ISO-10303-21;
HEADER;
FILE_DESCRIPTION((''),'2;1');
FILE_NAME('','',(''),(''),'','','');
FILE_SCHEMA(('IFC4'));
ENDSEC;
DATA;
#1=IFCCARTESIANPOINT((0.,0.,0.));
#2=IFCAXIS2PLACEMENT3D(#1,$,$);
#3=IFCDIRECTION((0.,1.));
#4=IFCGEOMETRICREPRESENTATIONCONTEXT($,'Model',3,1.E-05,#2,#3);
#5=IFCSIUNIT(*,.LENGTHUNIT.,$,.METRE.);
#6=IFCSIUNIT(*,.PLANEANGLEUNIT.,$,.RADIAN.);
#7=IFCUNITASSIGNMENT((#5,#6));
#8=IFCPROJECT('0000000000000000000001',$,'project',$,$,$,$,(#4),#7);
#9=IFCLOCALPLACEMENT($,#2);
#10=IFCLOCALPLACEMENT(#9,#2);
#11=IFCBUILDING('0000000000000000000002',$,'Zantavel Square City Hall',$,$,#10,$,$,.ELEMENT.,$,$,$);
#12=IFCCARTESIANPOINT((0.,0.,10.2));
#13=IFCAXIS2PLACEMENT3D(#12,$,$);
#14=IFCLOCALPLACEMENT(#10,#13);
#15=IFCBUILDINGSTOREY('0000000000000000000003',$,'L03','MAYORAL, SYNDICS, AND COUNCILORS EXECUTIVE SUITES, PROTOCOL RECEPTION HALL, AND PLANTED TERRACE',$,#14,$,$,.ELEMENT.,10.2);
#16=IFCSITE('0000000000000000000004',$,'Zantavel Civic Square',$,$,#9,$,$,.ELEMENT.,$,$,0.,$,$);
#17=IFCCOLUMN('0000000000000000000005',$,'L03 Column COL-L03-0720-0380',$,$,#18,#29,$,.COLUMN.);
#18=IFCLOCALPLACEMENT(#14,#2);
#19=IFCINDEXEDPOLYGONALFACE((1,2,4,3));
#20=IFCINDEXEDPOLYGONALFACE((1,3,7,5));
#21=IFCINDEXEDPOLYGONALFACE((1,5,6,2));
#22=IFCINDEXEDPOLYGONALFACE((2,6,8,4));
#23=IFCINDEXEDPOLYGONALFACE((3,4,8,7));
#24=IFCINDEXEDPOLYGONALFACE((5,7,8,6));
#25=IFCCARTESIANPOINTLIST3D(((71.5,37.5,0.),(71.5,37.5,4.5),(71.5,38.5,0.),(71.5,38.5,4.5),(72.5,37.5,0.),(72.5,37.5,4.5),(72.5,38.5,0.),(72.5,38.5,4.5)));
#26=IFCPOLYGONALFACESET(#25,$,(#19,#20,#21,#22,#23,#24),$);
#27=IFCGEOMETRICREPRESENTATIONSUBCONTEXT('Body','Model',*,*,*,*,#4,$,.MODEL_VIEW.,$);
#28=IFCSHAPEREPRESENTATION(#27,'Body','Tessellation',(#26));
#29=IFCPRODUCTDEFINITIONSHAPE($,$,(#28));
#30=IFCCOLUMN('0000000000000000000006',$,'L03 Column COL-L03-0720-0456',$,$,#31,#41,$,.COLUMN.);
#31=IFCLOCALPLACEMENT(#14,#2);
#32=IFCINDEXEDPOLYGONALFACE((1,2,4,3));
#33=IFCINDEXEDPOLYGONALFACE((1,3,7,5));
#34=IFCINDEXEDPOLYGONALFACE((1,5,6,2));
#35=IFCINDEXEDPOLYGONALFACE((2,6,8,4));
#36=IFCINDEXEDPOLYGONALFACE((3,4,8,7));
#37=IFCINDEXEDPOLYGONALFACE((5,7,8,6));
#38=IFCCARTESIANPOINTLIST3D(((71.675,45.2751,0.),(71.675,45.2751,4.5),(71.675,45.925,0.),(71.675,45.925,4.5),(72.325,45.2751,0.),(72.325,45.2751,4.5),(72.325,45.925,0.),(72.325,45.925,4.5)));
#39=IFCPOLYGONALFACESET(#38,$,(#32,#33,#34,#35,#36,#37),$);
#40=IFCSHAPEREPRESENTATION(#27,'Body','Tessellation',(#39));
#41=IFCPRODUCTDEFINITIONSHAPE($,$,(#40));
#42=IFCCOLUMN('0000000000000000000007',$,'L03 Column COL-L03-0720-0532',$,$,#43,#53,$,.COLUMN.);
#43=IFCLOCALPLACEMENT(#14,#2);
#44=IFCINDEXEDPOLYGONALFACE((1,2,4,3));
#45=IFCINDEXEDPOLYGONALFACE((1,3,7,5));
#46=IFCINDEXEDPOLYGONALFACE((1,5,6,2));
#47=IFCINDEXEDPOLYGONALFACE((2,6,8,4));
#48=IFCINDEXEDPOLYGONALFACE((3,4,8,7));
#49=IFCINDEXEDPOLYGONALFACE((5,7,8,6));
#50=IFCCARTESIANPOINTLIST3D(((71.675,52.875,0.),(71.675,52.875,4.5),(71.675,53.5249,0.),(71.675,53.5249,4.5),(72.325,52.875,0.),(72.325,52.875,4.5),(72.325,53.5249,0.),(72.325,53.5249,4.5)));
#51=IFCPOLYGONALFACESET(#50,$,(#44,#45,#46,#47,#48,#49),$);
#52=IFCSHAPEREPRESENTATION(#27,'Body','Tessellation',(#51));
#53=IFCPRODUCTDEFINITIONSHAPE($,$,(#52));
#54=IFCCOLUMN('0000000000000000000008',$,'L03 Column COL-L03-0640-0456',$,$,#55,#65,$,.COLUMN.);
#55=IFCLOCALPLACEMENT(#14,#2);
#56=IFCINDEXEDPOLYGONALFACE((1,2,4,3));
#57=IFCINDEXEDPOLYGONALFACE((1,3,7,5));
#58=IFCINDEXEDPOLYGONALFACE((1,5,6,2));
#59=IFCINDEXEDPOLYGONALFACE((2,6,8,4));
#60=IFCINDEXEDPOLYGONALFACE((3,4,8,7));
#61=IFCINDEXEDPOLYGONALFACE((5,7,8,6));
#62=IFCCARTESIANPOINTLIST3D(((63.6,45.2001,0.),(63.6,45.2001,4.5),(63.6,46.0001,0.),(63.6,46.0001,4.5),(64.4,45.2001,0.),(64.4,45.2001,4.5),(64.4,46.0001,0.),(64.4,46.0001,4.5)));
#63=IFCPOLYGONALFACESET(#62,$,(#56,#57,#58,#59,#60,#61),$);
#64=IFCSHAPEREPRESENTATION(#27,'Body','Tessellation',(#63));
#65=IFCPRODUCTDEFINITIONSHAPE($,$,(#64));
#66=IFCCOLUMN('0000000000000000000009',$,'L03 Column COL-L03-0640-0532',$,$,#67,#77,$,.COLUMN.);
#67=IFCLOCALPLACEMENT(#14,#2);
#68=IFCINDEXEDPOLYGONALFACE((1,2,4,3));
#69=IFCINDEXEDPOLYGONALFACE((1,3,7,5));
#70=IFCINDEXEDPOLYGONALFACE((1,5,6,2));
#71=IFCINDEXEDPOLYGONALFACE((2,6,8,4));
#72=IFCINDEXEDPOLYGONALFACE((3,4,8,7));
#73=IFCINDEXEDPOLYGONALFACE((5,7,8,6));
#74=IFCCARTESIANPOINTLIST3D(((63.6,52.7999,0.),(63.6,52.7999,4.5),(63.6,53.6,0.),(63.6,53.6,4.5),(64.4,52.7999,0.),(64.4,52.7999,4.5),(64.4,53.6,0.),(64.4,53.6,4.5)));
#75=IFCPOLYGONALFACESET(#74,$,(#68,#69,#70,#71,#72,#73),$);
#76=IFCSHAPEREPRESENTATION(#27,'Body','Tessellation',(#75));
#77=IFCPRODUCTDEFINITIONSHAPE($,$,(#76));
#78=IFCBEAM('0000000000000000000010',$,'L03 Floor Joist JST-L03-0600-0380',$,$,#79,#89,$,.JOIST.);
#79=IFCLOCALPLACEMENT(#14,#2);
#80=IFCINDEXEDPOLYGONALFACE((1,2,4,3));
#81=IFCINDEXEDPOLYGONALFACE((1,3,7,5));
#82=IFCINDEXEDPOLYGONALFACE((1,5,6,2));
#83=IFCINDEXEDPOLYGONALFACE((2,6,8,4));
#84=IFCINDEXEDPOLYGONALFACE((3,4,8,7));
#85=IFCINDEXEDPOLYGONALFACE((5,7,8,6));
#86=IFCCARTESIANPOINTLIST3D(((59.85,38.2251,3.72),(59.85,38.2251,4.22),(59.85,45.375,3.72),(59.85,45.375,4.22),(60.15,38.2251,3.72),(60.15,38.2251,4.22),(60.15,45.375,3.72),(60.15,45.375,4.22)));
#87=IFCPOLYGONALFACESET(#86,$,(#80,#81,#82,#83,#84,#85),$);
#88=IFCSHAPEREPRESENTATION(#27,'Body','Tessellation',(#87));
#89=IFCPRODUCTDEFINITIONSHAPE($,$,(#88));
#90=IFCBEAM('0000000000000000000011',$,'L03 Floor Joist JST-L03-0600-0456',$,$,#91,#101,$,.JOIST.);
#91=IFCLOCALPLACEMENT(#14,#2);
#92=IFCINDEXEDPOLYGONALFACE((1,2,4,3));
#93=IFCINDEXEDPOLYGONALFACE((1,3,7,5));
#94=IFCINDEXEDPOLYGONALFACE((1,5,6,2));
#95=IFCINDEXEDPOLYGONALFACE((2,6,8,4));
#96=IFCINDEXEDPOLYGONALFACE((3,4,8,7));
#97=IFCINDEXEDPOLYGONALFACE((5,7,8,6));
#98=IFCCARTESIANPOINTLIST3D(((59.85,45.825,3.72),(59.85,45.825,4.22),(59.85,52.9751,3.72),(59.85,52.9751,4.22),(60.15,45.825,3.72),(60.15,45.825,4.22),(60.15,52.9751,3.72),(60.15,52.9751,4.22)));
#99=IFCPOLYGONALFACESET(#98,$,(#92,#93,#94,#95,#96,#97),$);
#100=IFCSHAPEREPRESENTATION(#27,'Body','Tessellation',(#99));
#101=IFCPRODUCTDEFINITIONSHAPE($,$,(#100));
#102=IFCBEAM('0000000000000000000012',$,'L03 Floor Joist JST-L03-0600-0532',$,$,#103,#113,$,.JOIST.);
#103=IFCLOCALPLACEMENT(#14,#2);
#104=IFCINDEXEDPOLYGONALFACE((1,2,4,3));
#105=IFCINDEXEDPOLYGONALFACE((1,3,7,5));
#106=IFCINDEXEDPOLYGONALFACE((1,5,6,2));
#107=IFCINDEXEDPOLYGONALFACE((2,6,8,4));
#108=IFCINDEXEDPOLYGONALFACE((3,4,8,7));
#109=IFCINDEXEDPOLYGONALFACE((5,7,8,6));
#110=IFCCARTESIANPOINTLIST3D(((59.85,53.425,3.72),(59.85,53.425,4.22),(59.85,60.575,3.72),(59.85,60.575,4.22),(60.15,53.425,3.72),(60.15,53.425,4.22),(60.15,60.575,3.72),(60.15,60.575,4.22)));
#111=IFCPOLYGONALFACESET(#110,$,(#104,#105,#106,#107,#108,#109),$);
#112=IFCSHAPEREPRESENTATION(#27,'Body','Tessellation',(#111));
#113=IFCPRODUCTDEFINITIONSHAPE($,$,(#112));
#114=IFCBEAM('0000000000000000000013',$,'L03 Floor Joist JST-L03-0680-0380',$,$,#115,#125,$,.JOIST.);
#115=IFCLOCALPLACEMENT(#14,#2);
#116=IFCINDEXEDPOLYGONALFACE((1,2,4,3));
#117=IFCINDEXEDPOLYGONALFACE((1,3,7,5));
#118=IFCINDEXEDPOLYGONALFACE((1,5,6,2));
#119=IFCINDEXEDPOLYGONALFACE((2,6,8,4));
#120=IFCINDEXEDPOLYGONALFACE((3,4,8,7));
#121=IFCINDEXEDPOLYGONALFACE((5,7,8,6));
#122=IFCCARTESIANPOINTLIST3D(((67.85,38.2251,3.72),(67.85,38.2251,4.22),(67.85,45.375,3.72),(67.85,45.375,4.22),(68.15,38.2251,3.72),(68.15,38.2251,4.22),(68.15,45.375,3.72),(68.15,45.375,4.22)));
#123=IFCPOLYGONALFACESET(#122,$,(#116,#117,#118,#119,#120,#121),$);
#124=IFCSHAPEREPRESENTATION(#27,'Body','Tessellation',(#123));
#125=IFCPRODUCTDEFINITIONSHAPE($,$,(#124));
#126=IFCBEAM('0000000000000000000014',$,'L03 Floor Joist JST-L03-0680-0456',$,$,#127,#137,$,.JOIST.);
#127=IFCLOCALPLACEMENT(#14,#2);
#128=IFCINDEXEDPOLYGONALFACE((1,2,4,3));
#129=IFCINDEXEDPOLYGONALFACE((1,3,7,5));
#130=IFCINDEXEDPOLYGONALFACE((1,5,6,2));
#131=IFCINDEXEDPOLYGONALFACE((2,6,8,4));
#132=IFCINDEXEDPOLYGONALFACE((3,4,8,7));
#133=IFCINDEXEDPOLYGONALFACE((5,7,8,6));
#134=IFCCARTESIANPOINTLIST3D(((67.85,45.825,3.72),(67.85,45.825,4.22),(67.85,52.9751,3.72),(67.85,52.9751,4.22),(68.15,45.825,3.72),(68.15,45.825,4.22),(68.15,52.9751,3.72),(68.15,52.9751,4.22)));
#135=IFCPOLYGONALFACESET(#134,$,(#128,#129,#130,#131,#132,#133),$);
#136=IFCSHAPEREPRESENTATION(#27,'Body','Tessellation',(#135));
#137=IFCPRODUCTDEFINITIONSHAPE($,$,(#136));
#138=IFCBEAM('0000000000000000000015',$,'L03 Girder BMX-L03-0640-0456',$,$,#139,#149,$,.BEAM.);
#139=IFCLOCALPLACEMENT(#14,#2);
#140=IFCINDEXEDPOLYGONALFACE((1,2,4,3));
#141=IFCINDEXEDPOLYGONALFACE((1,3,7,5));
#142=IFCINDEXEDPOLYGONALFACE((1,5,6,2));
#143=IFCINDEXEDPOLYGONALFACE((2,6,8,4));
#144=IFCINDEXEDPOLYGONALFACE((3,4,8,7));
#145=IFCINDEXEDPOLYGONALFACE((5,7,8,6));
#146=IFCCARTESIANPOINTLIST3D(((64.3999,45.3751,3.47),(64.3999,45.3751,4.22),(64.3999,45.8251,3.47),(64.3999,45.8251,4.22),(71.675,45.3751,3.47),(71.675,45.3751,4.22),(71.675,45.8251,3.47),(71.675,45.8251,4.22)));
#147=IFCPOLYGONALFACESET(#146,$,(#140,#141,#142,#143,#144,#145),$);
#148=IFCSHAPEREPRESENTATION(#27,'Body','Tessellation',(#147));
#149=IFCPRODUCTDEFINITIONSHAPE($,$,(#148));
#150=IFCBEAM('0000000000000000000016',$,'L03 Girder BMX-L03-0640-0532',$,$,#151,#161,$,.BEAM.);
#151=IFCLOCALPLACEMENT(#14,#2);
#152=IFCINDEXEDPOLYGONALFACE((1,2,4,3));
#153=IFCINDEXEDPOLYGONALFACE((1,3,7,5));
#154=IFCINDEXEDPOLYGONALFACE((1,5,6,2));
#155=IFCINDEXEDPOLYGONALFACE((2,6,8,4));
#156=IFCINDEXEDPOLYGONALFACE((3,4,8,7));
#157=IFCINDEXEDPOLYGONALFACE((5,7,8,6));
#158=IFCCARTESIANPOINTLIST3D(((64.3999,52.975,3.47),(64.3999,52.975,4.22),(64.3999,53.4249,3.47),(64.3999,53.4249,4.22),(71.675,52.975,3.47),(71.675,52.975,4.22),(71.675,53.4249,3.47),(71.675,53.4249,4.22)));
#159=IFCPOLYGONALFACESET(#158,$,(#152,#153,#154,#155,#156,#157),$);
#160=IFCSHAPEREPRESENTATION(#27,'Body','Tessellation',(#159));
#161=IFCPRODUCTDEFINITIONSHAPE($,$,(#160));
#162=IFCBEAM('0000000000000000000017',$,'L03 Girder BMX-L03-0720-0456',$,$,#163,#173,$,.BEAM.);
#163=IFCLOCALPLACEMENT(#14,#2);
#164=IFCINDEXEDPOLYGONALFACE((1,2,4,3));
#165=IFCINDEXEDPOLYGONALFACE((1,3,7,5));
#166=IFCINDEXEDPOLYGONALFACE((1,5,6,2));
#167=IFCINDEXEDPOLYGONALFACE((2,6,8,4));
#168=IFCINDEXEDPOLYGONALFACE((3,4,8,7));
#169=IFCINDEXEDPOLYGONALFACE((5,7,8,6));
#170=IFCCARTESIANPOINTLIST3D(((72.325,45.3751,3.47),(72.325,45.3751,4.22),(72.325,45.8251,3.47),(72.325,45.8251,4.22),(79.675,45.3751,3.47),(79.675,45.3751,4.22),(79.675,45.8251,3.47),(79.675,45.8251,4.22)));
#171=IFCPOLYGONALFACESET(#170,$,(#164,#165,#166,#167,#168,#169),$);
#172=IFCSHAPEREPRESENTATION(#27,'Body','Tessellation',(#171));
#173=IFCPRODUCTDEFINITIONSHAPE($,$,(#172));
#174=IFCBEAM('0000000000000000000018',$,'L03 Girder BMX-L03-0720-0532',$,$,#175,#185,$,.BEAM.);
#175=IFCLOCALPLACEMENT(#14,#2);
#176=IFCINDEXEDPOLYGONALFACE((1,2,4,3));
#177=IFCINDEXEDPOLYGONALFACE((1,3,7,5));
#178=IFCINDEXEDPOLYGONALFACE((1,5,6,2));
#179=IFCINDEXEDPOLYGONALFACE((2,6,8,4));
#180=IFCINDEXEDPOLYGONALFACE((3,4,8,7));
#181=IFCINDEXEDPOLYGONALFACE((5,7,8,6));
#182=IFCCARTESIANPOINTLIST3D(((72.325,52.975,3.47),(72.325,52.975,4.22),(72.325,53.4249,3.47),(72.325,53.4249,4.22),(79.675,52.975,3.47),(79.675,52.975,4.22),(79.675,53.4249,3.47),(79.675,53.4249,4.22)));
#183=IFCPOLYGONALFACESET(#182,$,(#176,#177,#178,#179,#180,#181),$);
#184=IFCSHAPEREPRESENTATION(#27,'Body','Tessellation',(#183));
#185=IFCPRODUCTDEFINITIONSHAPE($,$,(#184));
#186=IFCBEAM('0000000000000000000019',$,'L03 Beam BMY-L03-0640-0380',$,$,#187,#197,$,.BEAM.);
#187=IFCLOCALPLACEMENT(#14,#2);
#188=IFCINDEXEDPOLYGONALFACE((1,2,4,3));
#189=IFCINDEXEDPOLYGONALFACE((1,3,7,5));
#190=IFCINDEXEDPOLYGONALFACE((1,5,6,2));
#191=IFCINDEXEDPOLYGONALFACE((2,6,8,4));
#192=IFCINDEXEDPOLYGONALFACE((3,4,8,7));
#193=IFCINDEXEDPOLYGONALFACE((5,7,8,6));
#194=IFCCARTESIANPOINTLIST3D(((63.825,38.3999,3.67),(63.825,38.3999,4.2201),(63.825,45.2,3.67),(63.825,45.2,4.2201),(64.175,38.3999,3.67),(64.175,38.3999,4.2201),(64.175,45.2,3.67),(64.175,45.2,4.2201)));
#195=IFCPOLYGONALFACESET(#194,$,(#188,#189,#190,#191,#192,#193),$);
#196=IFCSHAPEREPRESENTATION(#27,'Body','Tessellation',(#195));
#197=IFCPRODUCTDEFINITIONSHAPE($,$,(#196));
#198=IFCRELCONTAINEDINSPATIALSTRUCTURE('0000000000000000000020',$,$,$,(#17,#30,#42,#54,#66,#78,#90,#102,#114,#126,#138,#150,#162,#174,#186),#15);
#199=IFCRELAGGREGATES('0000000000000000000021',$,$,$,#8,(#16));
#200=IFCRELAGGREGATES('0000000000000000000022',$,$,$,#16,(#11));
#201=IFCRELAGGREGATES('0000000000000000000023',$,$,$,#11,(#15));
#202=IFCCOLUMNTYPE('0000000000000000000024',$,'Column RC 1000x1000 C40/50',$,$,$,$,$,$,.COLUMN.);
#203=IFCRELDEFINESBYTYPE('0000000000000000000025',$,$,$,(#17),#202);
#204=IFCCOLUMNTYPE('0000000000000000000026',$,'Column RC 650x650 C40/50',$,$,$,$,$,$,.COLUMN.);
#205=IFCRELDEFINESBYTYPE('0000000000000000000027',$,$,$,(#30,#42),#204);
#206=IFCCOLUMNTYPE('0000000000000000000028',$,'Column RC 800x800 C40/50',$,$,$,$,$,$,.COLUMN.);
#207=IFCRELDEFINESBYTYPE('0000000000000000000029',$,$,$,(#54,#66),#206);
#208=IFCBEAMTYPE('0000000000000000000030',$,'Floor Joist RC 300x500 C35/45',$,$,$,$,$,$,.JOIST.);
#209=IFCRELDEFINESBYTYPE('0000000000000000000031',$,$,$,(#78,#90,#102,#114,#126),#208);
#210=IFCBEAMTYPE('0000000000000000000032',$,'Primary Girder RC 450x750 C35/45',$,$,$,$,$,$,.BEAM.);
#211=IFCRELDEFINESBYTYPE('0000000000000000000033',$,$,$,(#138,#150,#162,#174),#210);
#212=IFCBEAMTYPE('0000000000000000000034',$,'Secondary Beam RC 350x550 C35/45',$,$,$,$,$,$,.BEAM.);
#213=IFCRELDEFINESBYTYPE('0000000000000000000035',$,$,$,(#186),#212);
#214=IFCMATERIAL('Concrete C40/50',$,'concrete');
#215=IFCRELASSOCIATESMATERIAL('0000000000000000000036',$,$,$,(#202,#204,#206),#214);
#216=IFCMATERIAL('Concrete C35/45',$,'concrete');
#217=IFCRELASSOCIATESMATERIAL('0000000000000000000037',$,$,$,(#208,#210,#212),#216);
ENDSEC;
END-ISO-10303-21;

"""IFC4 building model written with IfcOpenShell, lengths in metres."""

from ifc_helpers import new_model, si_unit, direction, frame, origin, origin_2d, place, context, subcontext, project, spatial, rectangle, extrude, material, material_profile, profile_set, type_object, element, save


model = new_model("IFC4")

# Units and contexts
model_context = context("Model", 3, precision=1e-05, world=origin(), true_north=direction((0.0, 1.0)))
body_context = subcontext(model_context, "Body", "Model", "MODEL_VIEW")
ifc_project = project(units=[si_unit("LENGTHUNIT", "METRE"), si_unit("PLANEANGLEUNIT", "RADIAN")], contexts=[model_context])

# Site, building, storey
site_placement = place(None, origin())
site = spatial("IfcSite", under=ifc_project, at=site_placement, Name="Zantavel Civic Square", CompositionType="ELEMENT", RefElevation=0.0)
building_placement = place(site_placement, origin())
building = spatial("IfcBuilding", under=site, at=building_placement, Name="Zantavel Square City Hall", CompositionType="ELEMENT")
storey_placement = place(building_placement, frame((0.0, 0.0, 10.2)))
storey = spatial("IfcBuildingStorey", under=building, at=storey_placement, Name="L03", Description="MAYORAL, SYNDICS, AND COUNCILORS EXECUTIVE SUITES, PROTOCOL RECEPTION HALL, AND PLANTED TERRACE", CompositionType="ELEMENT", Elevation=10.2)

# Columns
ifc_material_1 = material(Name="Concrete C40/50", Category="concrete")
ifc_material_profile_1 = material_profile(ifc_material_1, rectangle(XDim=1.0, YDim=1.0, at=origin_2d()), Name="RC 1000x1000")
ifc_profile_set_1 = profile_set([ifc_material_profile_1], Name="Concrete C40/50")
column_type_1 = type_object("IfcColumnType", Name="Column RC 1000x1000 C40/50", PredefinedType="COLUMN", material=ifc_profile_set_1)
column_placement = place(storey_placement, frame((72.0, 38.0, 0.0), z_axis=(0.0, 0.0, 1.0), x_axis=(1.0, 0.0, 0.0)))
element("IfcColumn", 1, at=column_placement, inside=storey, type_object=column_type_1, Name="L03 Column COL-L03-0720-0380", PredefinedType="COLUMN", context=body_context, shape_type="SweptSolid", body=[
    extrude(rectangle(XDim=1.0, YDim=1.0, at=origin_2d()), origin(), (0.0, 0.0, 1.0), 4.5),
])
ifc_material_profile_2 = material_profile(ifc_material_1, rectangle(XDim=0.6499, YDim=0.6499, at=origin_2d()), Name="RC 650x650")
ifc_profile_set_2 = profile_set([ifc_material_profile_2], Name="Concrete C40/50")
column_type_2 = type_object("IfcColumnType", Name="Column RC 650x650 C40/50", PredefinedType="COLUMN", material=ifc_profile_set_2)
for number, where, z_axis, x_axis, name in (
    (2, (72.0, 45.6001, 0.0), (0.0, 0.0, 1.0), (1.0, 0.0, 0.0), "L03 Column COL-L03-0720-0456"),
    (3, (72.0, 53.2, 0.0), (0.0, 0.0, 1.0), (1.0, 0.0, 0.0), "L03 Column COL-L03-0720-0532"),
):
    element("IfcColumn", number, at=place(storey_placement, frame(where, z_axis=z_axis, x_axis=x_axis)), inside=storey, type_object=column_type_2, Name=name, PredefinedType="COLUMN", context=body_context, shape_type="SweptSolid", body=[
        extrude(rectangle(XDim=0.6499, YDim=0.6499, at=origin_2d()), origin(), (0.0, 0.0, 1.0), 4.5),
    ])
ifc_material_profile_3 = material_profile(ifc_material_1, rectangle(XDim=0.8, YDim=0.8, at=origin_2d()), Name="RC 800x800")
ifc_profile_set_3 = profile_set([ifc_material_profile_3], Name="Concrete C40/50")
column_type_3 = type_object("IfcColumnType", Name="Column RC 800x800 C40/50", PredefinedType="COLUMN", material=ifc_profile_set_3)
for number, where, z_axis, x_axis, name in (
    (4, (64.0, 45.6001, 0.0), (0.0, 0.0, 1.0), (1.0, 0.0, 0.0), "L03 Column COL-L03-0640-0456"),
    (5, (64.0, 53.2, 0.0), (0.0, 0.0, 1.0), (1.0, 0.0, 0.0), "L03 Column COL-L03-0640-0532"),
):
    element("IfcColumn", number, at=place(storey_placement, frame(where, z_axis=z_axis, x_axis=x_axis)), inside=storey, type_object=column_type_3, Name=name, PredefinedType="COLUMN", context=body_context, shape_type="SweptSolid", body=[
        extrude(rectangle(XDim=0.8, YDim=0.8, at=origin_2d()), origin(), (0.0, 0.0, 1.0), 4.5),
    ])

# Beams
ifc_material_2 = material(Name="Concrete C35/45", Category="concrete")
ifc_material_profile_4 = material_profile(ifc_material_2, rectangle(XDim=0.3, YDim=0.5, at=origin_2d()), Name="RC 300x500")
ifc_profile_set_4 = profile_set([ifc_material_profile_4], Name="Concrete C35/45")
beam_type_1 = type_object("IfcBeamType", Name="Floor Joist RC 300x500 C35/45", PredefinedType="JOIST", material=ifc_profile_set_4)
beam_1_placement = place(storey_placement, frame((60.0, 38.2251, 3.97), z_axis=(0.0, 1.0, 0.0), x_axis=(-1.0, 0.0, 0.0)))
element("IfcBeam", 6, at=beam_1_placement, inside=storey, type_object=beam_type_1, Name="L03 Floor Joist JST-L03-0600-0380", PredefinedType="JOIST", context=body_context, shape_type="SweptSolid", body=[
    extrude(rectangle(XDim=0.3, YDim=0.5, at=origin_2d()), origin(), (0.0, 0.0, 1.0), 7.1499),
])
beam_2_placement = place(storey_placement, frame((60.0, 45.825, 3.97), z_axis=(0.0, 1.0, 0.0), x_axis=(-1.0, 0.0, 0.0)))
element("IfcBeam", 7, at=beam_2_placement, inside=storey, type_object=beam_type_1, Name="L03 Floor Joist JST-L03-0600-0456", PredefinedType="JOIST", context=body_context, shape_type="SweptSolid", body=[
    extrude(rectangle(XDim=0.3, YDim=0.5, at=origin_2d()), origin(), (0.0, 0.0, 1.0), 7.1501),
])
for number, where, z_axis, x_axis, name in (
    (8, (60.0, 53.425, 3.97), (0.0, 1.0, 0.0), (-1.0, 0.0, 0.0), "L03 Floor Joist JST-L03-0600-0532"),
    (9, (68.0, 38.2251, 3.97), (0.0, 1.0, 0.0), (-1.0, 0.0, 0.0), "L03 Floor Joist JST-L03-0680-0380"),
):
    element("IfcBeam", number, at=place(storey_placement, frame(where, z_axis=z_axis, x_axis=x_axis)), inside=storey, type_object=beam_type_1, Name=name, PredefinedType="JOIST", context=body_context, shape_type="SweptSolid", body=[
        extrude(rectangle(XDim=0.3, YDim=0.5, at=origin_2d()), origin(), (0.0, 0.0, 1.0), 7.1499),
    ])
beam_3_placement = place(storey_placement, frame((68.0, 45.825, 3.97), z_axis=(0.0, 1.0, 0.0), x_axis=(-1.0, 0.0, 0.0)))
element("IfcBeam", 10, at=beam_3_placement, inside=storey, type_object=beam_type_1, Name="L03 Floor Joist JST-L03-0680-0456", PredefinedType="JOIST", context=body_context, shape_type="SweptSolid", body=[
    extrude(rectangle(XDim=0.3, YDim=0.5, at=origin_2d()), origin(), (0.0, 0.0, 1.0), 7.1501),
])
ifc_material_profile_5 = material_profile(ifc_material_2, rectangle(XDim=0.45, YDim=0.75, at=origin_2d()), Name="RC 450x750")
ifc_profile_set_5 = profile_set([ifc_material_profile_5], Name="Concrete C35/45")
beam_type_2 = type_object("IfcBeamType", Name="Primary Girder RC 450x750 C35/45", PredefinedType="BEAM", material=ifc_profile_set_5)
for number, where, z_axis, x_axis, name in (
    (11, (64.3999, 45.6001, 3.845), (1.0, 0.0, 0.0), (0.0, 1.0, 0.0), "L03 Girder BMX-L03-0640-0456"),
    (12, (64.3999, 53.2, 3.845), (1.0, 0.0, 0.0), (0.0, 1.0, 0.0), "L03 Girder BMX-L03-0640-0532"),
):
    element("IfcBeam", number, at=place(storey_placement, frame(where, z_axis=z_axis, x_axis=x_axis)), inside=storey, type_object=beam_type_2, Name=name, PredefinedType="BEAM", context=body_context, shape_type="SweptSolid", body=[
        extrude(rectangle(XDim=0.45, YDim=0.75, at=origin_2d()), origin(), (0.0, 0.0, 1.0), 7.2751),
    ])
for number, where, z_axis, x_axis, name in (
    (13, (72.325, 45.6001, 3.845), (1.0, 0.0, 0.0), (0.0, 1.0, 0.0), "L03 Girder BMX-L03-0720-0456"),
    (14, (72.325, 53.2, 3.845), (1.0, 0.0, 0.0), (0.0, 1.0, 0.0), "L03 Girder BMX-L03-0720-0532"),
):
    element("IfcBeam", number, at=place(storey_placement, frame(where, z_axis=z_axis, x_axis=x_axis)), inside=storey, type_object=beam_type_2, Name=name, PredefinedType="BEAM", context=body_context, shape_type="SweptSolid", body=[
        extrude(rectangle(XDim=0.45, YDim=0.75, at=origin_2d()), origin(), (0.0, 0.0, 1.0), 7.3501),
    ])
ifc_material_profile_6 = material_profile(ifc_material_2, rectangle(XDim=0.3501, YDim=0.55, at=origin_2d()), Name="RC 350x550")
ifc_profile_set_6 = profile_set([ifc_material_profile_6], Name="Concrete C35/45")
beam_type_3 = type_object("IfcBeamType", Name="Secondary Beam RC 350x550 C35/45", PredefinedType="BEAM", material=ifc_profile_set_6)
for number, where, z_axis, x_axis, name in (
    (15, (64.0, 38.3999, 3.9451), (0.0, 1.0, 0.0), (-1.0, 0.0, 0.0), "L03 Beam BMY-L03-0640-0380"),
):
    element("IfcBeam", number, at=place(storey_placement, frame(where, z_axis=z_axis, x_axis=x_axis)), inside=storey, type_object=beam_type_3, Name=name, PredefinedType="BEAM", context=body_context, shape_type="SweptSolid", body=[
        extrude(rectangle(XDim=0.3501, YDim=0.55, at=origin_2d()), origin(), (0.0, 0.0, 1.0), 6.8),
    ])

save(model, "model.ifc")
